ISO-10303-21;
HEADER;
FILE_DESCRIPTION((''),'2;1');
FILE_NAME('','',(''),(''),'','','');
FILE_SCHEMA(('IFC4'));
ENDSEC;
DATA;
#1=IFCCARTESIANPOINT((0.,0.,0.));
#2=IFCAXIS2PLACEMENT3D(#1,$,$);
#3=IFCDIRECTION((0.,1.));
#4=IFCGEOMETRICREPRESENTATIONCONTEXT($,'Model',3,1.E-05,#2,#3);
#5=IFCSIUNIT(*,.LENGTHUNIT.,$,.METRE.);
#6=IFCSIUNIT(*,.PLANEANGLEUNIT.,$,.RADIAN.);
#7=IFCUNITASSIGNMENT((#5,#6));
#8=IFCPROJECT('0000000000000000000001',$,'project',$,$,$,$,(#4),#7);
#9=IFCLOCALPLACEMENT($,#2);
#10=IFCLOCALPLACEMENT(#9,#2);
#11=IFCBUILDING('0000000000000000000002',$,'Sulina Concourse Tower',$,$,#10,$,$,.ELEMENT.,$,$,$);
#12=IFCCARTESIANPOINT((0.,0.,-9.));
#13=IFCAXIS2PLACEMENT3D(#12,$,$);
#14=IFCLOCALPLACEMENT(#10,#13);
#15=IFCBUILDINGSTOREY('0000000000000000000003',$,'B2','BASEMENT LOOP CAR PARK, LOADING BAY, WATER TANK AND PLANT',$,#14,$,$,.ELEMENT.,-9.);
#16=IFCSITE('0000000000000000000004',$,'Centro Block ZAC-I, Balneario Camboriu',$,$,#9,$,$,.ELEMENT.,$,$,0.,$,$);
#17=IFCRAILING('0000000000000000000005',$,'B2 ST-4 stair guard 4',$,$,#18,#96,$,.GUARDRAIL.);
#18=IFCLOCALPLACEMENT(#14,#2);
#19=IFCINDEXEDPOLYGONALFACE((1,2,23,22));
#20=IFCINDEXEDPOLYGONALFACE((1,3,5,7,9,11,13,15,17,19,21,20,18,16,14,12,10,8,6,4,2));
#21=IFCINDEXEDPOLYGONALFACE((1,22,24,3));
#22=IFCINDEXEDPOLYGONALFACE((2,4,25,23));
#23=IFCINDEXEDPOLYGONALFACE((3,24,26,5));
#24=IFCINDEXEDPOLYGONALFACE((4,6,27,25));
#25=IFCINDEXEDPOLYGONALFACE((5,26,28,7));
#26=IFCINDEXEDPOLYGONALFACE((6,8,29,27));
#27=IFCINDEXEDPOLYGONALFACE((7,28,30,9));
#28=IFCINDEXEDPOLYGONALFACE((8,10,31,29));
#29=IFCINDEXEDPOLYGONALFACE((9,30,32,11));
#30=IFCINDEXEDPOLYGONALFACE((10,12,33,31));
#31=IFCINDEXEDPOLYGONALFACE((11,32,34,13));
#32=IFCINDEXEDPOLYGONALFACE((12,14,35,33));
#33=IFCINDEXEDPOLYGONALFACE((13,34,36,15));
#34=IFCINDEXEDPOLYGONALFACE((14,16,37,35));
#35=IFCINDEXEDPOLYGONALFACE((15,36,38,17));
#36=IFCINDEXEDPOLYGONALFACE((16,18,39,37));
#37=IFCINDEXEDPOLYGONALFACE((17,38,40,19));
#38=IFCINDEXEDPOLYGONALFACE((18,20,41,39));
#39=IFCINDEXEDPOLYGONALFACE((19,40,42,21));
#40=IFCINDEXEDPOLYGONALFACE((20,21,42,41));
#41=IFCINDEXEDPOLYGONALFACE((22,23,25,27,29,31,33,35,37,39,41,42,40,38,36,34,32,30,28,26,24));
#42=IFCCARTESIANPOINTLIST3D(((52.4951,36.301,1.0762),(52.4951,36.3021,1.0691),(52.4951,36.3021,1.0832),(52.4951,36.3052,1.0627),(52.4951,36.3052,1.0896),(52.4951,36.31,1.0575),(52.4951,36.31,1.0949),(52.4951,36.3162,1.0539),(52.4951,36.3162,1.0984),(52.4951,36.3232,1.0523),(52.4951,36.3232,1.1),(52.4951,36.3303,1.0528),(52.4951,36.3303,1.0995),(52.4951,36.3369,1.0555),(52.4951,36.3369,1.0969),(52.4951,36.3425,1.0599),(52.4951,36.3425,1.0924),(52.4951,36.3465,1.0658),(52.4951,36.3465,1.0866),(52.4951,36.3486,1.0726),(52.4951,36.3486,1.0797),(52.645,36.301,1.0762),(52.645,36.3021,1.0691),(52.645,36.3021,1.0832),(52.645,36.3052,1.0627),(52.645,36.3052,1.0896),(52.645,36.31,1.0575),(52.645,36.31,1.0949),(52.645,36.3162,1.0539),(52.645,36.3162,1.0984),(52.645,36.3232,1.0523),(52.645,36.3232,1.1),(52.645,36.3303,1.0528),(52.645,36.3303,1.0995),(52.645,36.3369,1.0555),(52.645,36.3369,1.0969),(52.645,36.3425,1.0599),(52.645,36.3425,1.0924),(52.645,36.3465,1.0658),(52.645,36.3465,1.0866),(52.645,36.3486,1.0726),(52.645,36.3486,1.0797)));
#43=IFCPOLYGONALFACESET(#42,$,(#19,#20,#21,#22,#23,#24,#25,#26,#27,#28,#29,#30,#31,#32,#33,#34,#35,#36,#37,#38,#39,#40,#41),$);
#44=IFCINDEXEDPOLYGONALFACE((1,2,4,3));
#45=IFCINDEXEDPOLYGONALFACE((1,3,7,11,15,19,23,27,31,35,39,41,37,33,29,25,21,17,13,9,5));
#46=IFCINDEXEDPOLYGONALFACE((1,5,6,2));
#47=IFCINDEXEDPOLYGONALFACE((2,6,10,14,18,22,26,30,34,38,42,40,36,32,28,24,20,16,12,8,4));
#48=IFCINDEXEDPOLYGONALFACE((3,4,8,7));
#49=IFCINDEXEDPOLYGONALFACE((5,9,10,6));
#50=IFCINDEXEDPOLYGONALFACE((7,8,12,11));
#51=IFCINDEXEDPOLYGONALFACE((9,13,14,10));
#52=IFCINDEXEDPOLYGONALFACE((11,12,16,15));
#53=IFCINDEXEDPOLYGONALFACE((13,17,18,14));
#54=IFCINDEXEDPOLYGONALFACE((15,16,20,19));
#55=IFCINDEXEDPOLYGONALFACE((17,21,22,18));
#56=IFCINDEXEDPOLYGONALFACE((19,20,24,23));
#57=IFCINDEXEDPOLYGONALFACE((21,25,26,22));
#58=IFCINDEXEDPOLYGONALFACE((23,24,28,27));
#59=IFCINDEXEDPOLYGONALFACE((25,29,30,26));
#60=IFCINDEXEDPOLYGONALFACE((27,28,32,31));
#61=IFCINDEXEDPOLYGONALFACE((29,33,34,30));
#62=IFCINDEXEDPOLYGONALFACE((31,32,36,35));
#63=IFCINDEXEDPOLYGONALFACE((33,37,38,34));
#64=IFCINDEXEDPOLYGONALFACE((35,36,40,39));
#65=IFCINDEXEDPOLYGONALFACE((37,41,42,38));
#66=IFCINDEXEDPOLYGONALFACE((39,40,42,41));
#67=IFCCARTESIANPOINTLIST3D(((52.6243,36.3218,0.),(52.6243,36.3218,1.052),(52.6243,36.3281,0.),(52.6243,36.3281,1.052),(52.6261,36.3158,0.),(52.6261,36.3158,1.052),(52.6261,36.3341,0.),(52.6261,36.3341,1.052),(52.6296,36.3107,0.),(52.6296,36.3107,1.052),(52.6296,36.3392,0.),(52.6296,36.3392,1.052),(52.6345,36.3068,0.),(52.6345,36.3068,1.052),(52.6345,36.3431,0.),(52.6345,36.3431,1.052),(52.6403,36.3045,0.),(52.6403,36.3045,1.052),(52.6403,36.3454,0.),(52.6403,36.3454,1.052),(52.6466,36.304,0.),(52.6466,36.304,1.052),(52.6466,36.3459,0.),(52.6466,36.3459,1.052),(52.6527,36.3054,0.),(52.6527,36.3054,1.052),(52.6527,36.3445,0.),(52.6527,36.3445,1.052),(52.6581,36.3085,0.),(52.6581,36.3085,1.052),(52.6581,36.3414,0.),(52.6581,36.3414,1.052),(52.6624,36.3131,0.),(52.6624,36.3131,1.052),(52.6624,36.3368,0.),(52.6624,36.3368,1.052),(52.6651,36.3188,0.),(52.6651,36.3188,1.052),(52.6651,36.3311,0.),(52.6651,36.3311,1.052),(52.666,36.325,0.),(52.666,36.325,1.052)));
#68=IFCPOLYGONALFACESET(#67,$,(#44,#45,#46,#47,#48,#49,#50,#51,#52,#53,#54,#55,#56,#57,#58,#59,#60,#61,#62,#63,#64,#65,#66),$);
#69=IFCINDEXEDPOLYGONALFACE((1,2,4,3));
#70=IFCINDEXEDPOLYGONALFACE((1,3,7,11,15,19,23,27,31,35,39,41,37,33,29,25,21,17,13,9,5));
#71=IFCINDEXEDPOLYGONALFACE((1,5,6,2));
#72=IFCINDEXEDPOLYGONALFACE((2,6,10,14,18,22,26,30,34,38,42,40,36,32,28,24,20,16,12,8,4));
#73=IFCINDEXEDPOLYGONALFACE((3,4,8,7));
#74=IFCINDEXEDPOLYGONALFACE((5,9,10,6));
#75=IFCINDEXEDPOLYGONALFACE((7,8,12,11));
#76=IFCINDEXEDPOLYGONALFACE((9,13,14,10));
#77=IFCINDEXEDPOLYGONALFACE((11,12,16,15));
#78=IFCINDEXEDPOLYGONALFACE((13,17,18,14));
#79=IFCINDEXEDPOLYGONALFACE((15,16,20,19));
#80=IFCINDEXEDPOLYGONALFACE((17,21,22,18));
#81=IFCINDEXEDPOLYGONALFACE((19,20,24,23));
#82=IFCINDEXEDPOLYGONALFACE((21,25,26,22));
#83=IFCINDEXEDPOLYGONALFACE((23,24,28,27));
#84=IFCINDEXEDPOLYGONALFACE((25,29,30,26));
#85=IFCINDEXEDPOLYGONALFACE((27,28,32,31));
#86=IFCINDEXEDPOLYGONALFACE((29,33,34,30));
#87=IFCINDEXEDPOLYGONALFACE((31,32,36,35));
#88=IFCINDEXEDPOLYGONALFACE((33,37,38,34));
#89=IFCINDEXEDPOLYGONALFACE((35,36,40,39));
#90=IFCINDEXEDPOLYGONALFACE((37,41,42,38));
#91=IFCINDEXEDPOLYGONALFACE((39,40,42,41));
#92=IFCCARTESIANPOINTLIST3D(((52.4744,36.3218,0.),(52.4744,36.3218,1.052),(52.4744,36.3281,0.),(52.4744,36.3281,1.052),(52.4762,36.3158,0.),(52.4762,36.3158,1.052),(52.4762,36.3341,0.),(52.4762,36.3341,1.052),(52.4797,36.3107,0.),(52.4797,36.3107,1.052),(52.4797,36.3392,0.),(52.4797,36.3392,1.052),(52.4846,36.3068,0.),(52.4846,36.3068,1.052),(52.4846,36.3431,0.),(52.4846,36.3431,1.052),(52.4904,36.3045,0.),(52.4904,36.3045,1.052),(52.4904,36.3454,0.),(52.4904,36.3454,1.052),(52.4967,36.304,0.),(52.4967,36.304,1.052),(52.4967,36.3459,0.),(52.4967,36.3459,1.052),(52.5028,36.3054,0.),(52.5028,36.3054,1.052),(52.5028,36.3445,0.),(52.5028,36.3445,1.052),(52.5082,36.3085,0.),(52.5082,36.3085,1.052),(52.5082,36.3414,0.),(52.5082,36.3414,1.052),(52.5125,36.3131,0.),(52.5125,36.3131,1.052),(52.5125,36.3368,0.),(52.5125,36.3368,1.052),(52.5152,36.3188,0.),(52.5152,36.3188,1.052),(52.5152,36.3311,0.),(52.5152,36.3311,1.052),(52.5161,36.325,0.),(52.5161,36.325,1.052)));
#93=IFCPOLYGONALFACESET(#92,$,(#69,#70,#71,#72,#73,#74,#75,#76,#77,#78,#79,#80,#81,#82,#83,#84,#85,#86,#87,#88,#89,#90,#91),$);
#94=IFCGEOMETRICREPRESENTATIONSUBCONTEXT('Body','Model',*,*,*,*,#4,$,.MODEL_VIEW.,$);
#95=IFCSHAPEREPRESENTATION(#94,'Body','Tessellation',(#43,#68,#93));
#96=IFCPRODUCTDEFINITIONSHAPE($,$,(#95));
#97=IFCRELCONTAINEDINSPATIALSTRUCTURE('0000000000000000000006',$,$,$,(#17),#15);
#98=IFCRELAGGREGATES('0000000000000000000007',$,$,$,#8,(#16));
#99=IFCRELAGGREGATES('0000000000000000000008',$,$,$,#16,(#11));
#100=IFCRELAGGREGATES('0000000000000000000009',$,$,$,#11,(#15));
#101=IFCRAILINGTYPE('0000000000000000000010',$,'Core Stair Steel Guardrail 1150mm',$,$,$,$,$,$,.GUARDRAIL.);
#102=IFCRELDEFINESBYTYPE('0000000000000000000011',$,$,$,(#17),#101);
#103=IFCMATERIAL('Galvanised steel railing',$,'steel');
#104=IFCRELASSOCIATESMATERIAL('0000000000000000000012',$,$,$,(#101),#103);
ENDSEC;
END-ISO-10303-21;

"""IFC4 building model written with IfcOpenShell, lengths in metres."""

from ifc_helpers import new_model, si_unit, direction, frame, origin, origin_2d, place, context, subcontext, project, spatial, circle, extrude, material, type_object, element, save


model = new_model("IFC4")

# Units and contexts
model_context = context("Model", 3, precision=1e-05, world=origin(), true_north=direction((0.0, 1.0)))
body_context = subcontext(model_context, "Body", "Model", "MODEL_VIEW")
ifc_project = project(units=[si_unit("LENGTHUNIT", "METRE"), si_unit("PLANEANGLEUNIT", "RADIAN")], contexts=[model_context])

# Site, building, storey
site_placement = place(None, origin())
site = spatial("IfcSite", under=ifc_project, at=site_placement, Name="Centro Block ZAC-I, Balneario Camboriu", CompositionType="ELEMENT", RefElevation=0.0)
building_placement = place(site_placement, origin())
building = spatial("IfcBuilding", under=site, at=building_placement, Name="Sulina Concourse Tower", CompositionType="ELEMENT")
storey_placement = place(building_placement, frame((0.0, 0.0, -9.0)))
storey = spatial("IfcBuildingStorey", under=building, at=storey_placement, Name="B2", Description="BASEMENT LOOP CAR PARK, LOADING BAY, WATER TANK AND PLANT", CompositionType="ELEMENT", Elevation=-9.0)

# Railing
ifc_material_1 = material(Name="Galvanised steel railing", Category="steel")
railing_type_1 = type_object("IfcRailingType", Name="Core Stair Steel Guardrail 1150mm", PredefinedType="GUARDRAIL", material=ifc_material_1)
railing_1_placement = place(storey_placement, frame((52.645, 36.325, 0.0)))
element("IfcRailing", 1, at=railing_1_placement, inside=storey, type_object=railing_type_1, Name="B2 ST-4 stair guard 4", PredefinedType="GUARDRAIL", context=body_context, shape_type="SweptSolid", body=[
    extrude(circle(Radius=0.0239, at=origin_2d()), frame((0.0, 0.0, 1.0762), z_axis=(-1.0, 0.0, 0.0), x_axis=(0.0, -1.0, 0.0)), (0.0, 0.0, 1.0), 0.1499),
    extrude(circle(Radius=0.021, at=origin_2d()), origin(), (0.0, 0.0, 1.0), 1.052),
    extrude(circle(Radius=0.021, at=origin_2d()), frame((-0.1499, 0.0, 0.0)), (0.0, 0.0, 1.0), 1.052),
])

save(model, "model.ifc")
